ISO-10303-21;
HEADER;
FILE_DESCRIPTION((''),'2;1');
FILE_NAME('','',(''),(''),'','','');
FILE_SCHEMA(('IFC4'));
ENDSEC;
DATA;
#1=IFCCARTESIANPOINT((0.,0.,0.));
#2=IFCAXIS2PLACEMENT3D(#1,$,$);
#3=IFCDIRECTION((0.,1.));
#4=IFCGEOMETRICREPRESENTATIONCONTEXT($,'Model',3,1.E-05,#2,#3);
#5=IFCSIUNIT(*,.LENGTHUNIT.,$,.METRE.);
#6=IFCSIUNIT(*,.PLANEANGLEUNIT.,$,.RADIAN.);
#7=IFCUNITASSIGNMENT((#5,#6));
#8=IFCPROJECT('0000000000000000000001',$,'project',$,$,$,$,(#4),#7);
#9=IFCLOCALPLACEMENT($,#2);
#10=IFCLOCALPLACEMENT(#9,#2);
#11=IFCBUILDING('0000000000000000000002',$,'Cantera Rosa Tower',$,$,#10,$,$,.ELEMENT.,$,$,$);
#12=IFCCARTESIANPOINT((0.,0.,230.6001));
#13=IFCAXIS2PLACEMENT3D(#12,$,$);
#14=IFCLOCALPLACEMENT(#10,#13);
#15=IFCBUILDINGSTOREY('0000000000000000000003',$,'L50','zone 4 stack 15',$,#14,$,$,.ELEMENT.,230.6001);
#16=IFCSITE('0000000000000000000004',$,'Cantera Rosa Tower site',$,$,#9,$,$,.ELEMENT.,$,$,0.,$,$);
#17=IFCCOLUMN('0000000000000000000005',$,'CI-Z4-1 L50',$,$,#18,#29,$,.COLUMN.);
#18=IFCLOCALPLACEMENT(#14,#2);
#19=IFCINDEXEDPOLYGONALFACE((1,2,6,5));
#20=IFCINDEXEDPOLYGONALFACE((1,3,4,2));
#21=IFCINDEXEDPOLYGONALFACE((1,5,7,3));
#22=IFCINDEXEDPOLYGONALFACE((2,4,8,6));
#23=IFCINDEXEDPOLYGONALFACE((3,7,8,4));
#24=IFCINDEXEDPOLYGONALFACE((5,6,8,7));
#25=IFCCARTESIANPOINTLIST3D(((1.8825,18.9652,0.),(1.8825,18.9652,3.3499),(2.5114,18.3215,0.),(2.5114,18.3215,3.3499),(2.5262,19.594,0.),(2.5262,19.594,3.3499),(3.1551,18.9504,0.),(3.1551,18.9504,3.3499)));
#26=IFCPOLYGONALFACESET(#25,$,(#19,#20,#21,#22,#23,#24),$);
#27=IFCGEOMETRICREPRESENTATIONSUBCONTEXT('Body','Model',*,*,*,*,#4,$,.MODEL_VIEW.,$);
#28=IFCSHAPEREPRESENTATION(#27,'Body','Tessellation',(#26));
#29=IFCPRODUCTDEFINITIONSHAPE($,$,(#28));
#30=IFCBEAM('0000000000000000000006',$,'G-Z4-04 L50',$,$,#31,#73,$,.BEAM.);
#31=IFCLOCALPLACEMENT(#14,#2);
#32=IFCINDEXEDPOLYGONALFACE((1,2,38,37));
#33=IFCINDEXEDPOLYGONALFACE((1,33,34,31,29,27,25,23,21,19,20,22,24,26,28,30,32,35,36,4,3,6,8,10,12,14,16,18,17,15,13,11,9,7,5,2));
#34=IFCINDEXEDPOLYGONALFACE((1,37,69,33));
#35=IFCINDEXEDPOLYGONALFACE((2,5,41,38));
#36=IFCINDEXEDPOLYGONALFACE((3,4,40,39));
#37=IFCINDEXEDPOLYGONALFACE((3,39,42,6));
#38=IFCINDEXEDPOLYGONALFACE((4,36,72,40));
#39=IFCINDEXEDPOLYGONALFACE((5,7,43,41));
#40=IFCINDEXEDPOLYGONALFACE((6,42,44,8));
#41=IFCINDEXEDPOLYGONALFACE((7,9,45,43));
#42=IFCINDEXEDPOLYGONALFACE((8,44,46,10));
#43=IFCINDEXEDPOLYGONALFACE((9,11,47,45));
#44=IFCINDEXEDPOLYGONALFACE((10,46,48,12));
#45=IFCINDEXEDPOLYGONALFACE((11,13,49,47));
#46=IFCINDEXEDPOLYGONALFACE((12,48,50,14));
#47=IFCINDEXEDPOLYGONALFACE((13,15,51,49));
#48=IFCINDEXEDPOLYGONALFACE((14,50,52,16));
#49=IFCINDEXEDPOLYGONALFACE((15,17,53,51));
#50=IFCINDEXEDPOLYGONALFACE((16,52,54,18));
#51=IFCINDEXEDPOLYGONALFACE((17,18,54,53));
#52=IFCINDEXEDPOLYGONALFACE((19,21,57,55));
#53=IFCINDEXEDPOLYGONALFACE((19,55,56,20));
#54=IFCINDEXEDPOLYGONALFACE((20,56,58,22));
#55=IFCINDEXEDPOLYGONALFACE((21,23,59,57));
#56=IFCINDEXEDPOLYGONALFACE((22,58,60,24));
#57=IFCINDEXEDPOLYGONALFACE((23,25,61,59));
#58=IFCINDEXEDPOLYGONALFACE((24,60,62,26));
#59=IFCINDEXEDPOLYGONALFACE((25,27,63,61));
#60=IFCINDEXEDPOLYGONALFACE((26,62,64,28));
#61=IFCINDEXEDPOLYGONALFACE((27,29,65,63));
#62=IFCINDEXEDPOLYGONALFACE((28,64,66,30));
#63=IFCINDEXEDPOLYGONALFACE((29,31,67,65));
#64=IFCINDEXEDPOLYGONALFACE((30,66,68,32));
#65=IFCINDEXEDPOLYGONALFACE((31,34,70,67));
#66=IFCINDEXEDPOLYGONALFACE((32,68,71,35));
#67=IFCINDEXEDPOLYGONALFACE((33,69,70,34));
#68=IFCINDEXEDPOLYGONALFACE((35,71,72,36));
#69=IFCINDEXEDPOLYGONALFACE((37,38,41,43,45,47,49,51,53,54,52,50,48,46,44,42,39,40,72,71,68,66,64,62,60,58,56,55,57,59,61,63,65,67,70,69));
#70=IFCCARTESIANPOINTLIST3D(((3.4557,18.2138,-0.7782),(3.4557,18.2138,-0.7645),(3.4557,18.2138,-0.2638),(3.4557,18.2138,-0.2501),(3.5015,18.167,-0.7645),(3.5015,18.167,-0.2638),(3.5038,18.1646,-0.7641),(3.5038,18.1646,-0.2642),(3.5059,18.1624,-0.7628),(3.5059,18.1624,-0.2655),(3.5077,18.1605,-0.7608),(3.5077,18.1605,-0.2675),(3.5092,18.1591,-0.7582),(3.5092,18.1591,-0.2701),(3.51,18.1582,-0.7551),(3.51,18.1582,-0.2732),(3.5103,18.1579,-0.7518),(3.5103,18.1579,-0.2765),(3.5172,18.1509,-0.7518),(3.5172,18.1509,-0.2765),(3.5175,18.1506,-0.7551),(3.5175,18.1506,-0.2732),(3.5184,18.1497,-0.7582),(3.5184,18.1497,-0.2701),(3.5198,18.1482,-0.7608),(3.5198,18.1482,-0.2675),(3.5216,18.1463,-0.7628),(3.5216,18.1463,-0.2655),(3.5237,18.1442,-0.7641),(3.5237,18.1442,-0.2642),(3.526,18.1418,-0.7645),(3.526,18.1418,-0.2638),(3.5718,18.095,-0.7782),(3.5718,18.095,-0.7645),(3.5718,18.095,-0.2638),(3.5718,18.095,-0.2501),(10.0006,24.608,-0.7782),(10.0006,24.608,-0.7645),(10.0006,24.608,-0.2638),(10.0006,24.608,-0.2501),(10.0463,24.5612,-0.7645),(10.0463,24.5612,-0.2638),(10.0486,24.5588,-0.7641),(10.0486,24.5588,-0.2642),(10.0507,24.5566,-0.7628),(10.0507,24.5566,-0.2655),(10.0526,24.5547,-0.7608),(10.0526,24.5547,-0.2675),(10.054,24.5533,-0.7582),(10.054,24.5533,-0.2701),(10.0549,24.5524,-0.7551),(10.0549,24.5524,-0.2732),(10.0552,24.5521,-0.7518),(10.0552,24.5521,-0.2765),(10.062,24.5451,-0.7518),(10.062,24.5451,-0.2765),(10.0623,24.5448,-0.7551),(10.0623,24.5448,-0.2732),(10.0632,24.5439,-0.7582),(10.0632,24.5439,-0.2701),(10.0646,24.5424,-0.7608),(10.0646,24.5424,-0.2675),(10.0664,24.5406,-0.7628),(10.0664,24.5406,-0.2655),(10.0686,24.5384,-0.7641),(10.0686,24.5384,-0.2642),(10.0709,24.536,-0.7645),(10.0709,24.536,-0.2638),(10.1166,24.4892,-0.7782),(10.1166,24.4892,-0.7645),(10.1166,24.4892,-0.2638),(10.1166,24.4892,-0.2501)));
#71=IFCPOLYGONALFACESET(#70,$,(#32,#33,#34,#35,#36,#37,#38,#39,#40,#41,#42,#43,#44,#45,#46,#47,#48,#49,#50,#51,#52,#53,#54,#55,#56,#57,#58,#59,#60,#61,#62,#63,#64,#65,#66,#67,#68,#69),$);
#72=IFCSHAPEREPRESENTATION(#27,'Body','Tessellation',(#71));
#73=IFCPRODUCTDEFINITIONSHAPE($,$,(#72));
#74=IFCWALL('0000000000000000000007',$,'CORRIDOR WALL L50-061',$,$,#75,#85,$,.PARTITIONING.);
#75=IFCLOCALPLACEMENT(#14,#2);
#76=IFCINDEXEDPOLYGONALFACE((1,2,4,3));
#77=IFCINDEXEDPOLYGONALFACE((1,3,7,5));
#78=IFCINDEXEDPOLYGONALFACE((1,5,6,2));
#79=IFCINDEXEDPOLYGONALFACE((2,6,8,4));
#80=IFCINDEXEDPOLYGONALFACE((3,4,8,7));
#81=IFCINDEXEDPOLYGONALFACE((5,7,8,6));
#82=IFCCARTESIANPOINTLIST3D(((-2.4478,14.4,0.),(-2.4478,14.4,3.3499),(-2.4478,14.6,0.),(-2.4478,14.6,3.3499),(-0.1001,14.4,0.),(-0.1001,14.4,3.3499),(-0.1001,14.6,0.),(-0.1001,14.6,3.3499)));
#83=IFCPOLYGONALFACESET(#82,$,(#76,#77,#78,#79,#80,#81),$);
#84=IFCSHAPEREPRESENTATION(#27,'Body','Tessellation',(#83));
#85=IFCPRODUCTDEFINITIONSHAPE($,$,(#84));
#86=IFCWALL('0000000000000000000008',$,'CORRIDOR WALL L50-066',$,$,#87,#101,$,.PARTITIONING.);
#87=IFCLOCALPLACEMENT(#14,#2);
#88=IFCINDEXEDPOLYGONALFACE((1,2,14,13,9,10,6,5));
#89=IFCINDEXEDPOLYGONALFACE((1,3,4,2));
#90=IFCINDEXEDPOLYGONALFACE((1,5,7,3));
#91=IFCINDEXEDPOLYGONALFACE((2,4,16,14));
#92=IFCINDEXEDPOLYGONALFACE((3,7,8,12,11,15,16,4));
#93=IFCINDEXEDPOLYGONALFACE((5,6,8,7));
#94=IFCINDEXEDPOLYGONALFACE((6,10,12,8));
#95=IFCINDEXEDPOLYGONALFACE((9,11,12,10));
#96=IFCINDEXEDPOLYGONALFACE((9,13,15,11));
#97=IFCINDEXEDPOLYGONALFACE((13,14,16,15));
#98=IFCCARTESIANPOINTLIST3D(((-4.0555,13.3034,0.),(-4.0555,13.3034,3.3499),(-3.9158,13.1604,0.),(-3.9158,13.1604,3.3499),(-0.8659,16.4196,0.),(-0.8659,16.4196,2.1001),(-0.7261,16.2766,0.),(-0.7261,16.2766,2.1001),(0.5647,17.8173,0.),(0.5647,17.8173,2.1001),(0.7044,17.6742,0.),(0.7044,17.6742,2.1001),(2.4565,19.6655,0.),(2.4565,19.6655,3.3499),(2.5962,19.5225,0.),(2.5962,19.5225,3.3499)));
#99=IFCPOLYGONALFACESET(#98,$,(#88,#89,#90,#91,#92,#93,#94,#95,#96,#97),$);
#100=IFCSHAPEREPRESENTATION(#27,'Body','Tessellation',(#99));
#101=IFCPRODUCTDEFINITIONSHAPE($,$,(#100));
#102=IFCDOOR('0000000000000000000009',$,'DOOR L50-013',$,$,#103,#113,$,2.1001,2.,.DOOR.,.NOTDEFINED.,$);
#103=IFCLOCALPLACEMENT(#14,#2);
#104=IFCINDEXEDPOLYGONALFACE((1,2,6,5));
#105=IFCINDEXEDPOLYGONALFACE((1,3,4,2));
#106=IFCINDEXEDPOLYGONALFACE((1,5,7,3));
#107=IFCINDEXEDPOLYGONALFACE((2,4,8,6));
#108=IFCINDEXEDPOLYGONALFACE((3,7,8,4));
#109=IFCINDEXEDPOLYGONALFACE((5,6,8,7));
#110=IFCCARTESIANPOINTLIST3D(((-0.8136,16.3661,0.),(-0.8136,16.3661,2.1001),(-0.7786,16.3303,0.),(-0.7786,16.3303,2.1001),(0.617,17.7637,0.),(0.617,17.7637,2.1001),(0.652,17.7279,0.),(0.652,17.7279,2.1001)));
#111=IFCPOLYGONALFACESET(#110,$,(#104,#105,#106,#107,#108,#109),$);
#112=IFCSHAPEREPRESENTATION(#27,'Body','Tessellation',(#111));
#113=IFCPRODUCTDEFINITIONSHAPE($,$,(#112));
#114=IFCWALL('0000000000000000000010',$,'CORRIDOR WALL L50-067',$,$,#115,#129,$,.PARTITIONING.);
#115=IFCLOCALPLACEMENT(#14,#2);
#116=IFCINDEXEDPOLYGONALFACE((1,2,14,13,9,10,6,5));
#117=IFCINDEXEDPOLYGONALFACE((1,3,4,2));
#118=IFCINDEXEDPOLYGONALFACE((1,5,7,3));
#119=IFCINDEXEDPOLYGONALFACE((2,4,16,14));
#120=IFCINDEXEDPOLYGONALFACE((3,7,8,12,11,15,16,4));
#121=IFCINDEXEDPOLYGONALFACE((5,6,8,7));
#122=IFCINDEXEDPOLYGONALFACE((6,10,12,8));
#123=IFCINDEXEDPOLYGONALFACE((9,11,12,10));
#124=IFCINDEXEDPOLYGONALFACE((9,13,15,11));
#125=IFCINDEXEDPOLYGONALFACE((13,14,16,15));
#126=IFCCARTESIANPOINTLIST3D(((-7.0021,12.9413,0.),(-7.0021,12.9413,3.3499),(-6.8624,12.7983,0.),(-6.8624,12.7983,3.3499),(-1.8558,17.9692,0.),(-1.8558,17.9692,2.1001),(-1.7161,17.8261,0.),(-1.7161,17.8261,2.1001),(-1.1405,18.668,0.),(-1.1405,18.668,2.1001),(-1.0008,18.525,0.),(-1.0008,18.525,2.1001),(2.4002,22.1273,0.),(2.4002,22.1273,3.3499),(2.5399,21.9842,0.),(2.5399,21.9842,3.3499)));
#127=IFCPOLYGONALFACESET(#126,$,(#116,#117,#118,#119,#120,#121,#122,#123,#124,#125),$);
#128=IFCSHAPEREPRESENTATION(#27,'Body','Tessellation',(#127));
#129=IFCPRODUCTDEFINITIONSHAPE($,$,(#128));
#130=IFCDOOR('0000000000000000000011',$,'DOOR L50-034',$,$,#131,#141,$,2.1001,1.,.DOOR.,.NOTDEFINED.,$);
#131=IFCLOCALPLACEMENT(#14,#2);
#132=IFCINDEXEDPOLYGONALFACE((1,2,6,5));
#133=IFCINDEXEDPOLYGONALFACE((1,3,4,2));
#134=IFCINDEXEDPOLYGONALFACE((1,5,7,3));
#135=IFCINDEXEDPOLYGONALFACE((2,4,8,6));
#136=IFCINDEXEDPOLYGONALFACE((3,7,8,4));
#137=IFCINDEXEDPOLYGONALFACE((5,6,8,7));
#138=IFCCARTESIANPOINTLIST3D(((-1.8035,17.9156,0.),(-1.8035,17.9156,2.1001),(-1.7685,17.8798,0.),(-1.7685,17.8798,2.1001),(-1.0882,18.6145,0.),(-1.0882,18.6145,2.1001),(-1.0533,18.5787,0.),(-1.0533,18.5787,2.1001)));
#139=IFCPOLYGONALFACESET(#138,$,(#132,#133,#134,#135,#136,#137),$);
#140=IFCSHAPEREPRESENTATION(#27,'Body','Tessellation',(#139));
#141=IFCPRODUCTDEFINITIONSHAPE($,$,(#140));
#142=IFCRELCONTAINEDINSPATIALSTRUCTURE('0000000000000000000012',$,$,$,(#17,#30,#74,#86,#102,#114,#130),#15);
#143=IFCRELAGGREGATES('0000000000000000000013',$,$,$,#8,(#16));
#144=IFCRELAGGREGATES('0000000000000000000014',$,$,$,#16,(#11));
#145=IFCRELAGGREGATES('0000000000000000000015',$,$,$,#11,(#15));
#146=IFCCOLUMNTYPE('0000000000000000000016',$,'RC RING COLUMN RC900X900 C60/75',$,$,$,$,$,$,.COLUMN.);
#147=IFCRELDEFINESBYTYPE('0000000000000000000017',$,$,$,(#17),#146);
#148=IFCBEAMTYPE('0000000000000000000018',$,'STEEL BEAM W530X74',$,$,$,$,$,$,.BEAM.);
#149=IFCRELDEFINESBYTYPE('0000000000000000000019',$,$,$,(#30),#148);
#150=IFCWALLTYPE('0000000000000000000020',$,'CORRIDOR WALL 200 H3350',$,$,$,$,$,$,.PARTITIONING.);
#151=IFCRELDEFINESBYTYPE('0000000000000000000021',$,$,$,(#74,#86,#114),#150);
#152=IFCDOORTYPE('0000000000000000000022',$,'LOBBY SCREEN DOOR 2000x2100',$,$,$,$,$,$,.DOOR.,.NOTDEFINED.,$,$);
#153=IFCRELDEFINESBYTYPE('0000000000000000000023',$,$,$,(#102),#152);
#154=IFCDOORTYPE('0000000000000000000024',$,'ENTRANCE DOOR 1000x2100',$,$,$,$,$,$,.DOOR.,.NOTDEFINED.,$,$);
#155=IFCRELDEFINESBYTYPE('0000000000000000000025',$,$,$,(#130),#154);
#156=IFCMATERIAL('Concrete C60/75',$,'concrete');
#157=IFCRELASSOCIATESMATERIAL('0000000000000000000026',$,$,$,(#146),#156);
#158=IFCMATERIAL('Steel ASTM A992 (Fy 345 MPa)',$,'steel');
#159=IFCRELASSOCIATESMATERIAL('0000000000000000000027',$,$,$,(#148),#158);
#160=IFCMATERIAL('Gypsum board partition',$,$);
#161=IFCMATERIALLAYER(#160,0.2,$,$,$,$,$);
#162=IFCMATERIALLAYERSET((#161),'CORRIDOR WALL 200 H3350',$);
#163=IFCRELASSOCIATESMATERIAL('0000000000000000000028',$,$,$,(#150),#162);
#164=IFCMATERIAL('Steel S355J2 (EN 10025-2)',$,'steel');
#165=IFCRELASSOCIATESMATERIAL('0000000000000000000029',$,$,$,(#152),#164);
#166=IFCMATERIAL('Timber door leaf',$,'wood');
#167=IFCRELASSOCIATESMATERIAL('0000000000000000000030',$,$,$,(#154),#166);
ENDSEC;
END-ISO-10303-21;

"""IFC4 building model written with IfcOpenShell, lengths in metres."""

from ifc_helpers import new_model, si_unit, direction, frame, frame_2d, origin, origin_2d, place, context, subcontext, project, spatial, rectangle, i_section, extrude, material, layer, layer_set, material_profile, profile_set, type_object, element, fill, save


model = new_model("IFC4")

# Units and contexts
model_context = context("Model", 3, precision=1e-05, world=origin(), true_north=direction((0.0, 1.0)))
body_context = subcontext(model_context, "Body", "Model", "MODEL_VIEW")
ifc_project = project(units=[si_unit("LENGTHUNIT", "METRE"), si_unit("PLANEANGLEUNIT", "RADIAN")], contexts=[model_context])

# Site, building, storey
site_placement = place(None, origin())
site = spatial("IfcSite", under=ifc_project, at=site_placement, Name="Cantera Rosa Tower site", CompositionType="ELEMENT", RefElevation=0.0)
building_placement = place(site_placement, origin())
building = spatial("IfcBuilding", under=site, at=building_placement, Name="Cantera Rosa Tower", CompositionType="ELEMENT")
storey_placement = place(building_placement, frame((0.0, 0.0, 230.6001)))
storey = spatial("IfcBuildingStorey", under=building, at=storey_placement, Name="L50", Description="zone 4 stack 15", CompositionType="ELEMENT", Elevation=230.6001)

# Column
ifc_material_1 = material(Name="Concrete C60/75", Category="concrete")
ifc_material_profile_1 = material_profile(ifc_material_1, rectangle(XDim=0.8999, YDim=0.8999, at=origin_2d()), Name="RC RING COLUMN RC900X900 C60/75")
ifc_profile_set_1 = profile_set([ifc_material_profile_1], Name="Concrete C60/75")
column_type = type_object("IfcColumnType", Name="RC RING COLUMN RC900X900 C60/75", PredefinedType="COLUMN", material=ifc_profile_set_1)
column_placement = place(storey_placement, frame((2.5188, 18.9578, 0.0), z_axis=(0.0, 0.0, 1.0), x_axis=(0.715286, 0.698832, 0.0)))
element("IfcColumn", 1, at=column_placement, inside=storey, type_object=column_type, Name="CI-Z4-1 L50", PredefinedType="COLUMN", context=body_context, shape_type="SweptSolid", body=[
    extrude(rectangle(XDim=0.8999, YDim=0.8999, at=origin_2d()), origin(), (0.0, 0.0, 1.0), 3.3499),
])

# Beam
ifc_material_2 = material(Name="Steel ASTM A992 (Fy 345 MPa)", Category="steel")
ifc_material_profile_2 = material_profile(ifc_material_2, i_section(OverallWidth=0.166, OverallDepth=0.5281, WebThickness=0.0098, FlangeThickness=0.0137, FilletRadius=0.0127, at=origin_2d()), Name="W530X74")
ifc_profile_set_2 = profile_set([ifc_material_profile_2], Name="Steel ASTM A992 (Fy 345 MPa)")
beam_type = type_object("IfcBeamType", Name="STEEL BEAM W530X74", PredefinedType="BEAM", material=ifc_profile_set_2)
beam_placement = place(storey_placement, frame((10.0586, 24.5486, -0.5142), z_axis=(-0.71529, -0.698827, 0.0), x_axis=(0.698827, -0.71529, 0.0)))
element("IfcBeam", 2, at=beam_placement, inside=storey, type_object=beam_type, Name="G-Z4-04 L50", PredefinedType="BEAM", context=body_context, shape_type="SweptSolid", body=[
    extrude(i_section(OverallWidth=0.166, OverallDepth=0.5281, WebThickness=0.0098, FlangeThickness=0.0137, FilletRadius=0.0127, at=origin_2d()), origin(), (0.0, 0.0, 1.0), 9.1499),
])

# Wall
ifc_material_3 = material(Name="Gypsum board partition")
ifc_layer_1 = layer(ifc_material_3, 0.2)
ifc_layer_set_1 = layer_set([ifc_layer_1], Name="CORRIDOR WALL 200 H3350")
wall_type_1 = type_object("IfcWallType", Name="CORRIDOR WALL 200 H3350", PredefinedType="PARTITIONING", material=ifc_layer_set_1)
wall_1_placement = place(storey_placement, frame((-0.1001, 14.5, 0.0), z_axis=(0.0, 0.0, 1.0), x_axis=(-1.0, 0.0, 0.0)))
element("IfcWall", 3, at=wall_1_placement, inside=storey, type_object=wall_type_1, Name="CORRIDOR WALL L50-061", PredefinedType="PARTITIONING", context=body_context, shape_type="SweptSolid", body=[
    extrude(rectangle(XDim=2.3477, YDim=0.2, at=frame_2d((1.1738, 0.0))), origin(), (0.0, 0.0, 1.0), 3.3499),
])

# Walls, openings, doors
wall_2_placement = place(storey_placement, frame((2.5264, 19.594, 0.0), z_axis=(0.0, 0.0, 1.0), x_axis=(-0.715292, -0.698826, 0.0)))
wall_2 = element("IfcWall", 4, at=wall_2_placement, inside=storey, type_object=wall_type_1, Name="CORRIDOR WALL L50-066", PredefinedType="PARTITIONING", context=body_context, shape_type="SweptSolid", body=[
    extrude(rectangle(XDim=9.104, YDim=0.2, at=frame_2d((4.552, 0.0))), origin(), (0.0, 0.0, 1.0), 3.3499),
])
opening_1_placement = place(wall_2_placement, frame((2.6448, 0.0, 0.0)))
opening_1 = element("IfcOpeningElement", 5, at=opening_1_placement, cuts=wall_2, PredefinedType="OPENING", context=body_context, shape_type="SweptSolid", body=[
    extrude(rectangle(XDim=2.0, YDim=2.1001, at=frame_2d((1.0, 1.05))), frame((0.0, 0.1099, 0.0), z_axis=(0.0, -1.0, 0.0), x_axis=(1.0, 0.0, 0.0)), (0.0, 0.0, 1.0), 0.22),
])
ifc_material_4 = material(Name="Steel S355J2 (EN 10025-2)", Category="steel")
door_type_1 = type_object("IfcDoorType", Name="LOBBY SCREEN DOOR 2000x2100", OperationType="NOTDEFINED", PredefinedType="DOOR", material=ifc_material_4)
door_1_placement = place(opening_1_placement, origin())
door_1 = element("IfcDoor", 6, at=door_1_placement, inside=storey, type_object=door_type_1, Name="DOOR L50-013", OperationType="NOTDEFINED", OverallHeight=2.1001, OverallWidth=2.0, PredefinedType="DOOR", context=body_context, shape_type="SweptSolid", body=[
    extrude(rectangle(XDim=2.0, YDim=2.1001, at=frame_2d((1.0, 1.05))), frame((0.0, 0.0249, 0.0), z_axis=(0.0, -1.0, 0.0), x_axis=(1.0, 0.0, 0.0)), (0.0, 0.0, 1.0), 0.05),
])
fill(opening_1, door_1)
wall_3_placement = place(storey_placement, frame((2.47, 22.0557, 0.0), z_axis=(0.0, 0.0, 1.0), x_axis=(-0.715287, -0.698831, 0.0)))
wall_3 = element("IfcWall", 7, at=wall_3_placement, inside=storey, type_object=wall_type_1, Name="CORRIDOR WALL L50-067", PredefinedType="PARTITIONING", context=body_context, shape_type="SweptSolid", body=[
    extrude(rectangle(XDim=13.1448, YDim=0.2, at=frame_2d((6.5723, 0.0))), origin(), (0.0, 0.0, 1.0), 3.3499),
])
opening_2_placement = place(wall_3_placement, frame((4.95, 0.0, 0.0)))
opening_2 = element("IfcOpeningElement", 8, at=opening_2_placement, cuts=wall_3, PredefinedType="OPENING", context=body_context, shape_type="SweptSolid", body=[
    extrude(rectangle(XDim=1.0, YDim=2.1001, at=frame_2d((0.5, 1.05))), frame((0.0, 0.1099, 0.0), z_axis=(0.0, -1.0, 0.0), x_axis=(1.0, 0.0, 0.0)), (0.0, 0.0, 1.0), 0.22),
])
ifc_material_5 = material(Name="Timber door leaf", Category="wood")
door_type_2 = type_object("IfcDoorType", Name="ENTRANCE DOOR 1000x2100", OperationType="NOTDEFINED", PredefinedType="DOOR", material=ifc_material_5)
door_2_placement = place(opening_2_placement, origin())
door_2 = element("IfcDoor", 9, at=door_2_placement, inside=storey, type_object=door_type_2, Name="DOOR L50-034", OperationType="NOTDEFINED", OverallHeight=2.1001, OverallWidth=1.0, PredefinedType="DOOR", context=body_context, shape_type="SweptSolid", body=[
    extrude(rectangle(XDim=1.0, YDim=2.1001, at=frame_2d((0.5, 1.05))), frame((0.0, 0.0249, 0.0), z_axis=(0.0, -1.0, 0.0), x_axis=(1.0, 0.0, 0.0)), (0.0, 0.0, 1.0), 0.05),
])
fill(opening_2, door_2)

save(model, "model.ifc")
